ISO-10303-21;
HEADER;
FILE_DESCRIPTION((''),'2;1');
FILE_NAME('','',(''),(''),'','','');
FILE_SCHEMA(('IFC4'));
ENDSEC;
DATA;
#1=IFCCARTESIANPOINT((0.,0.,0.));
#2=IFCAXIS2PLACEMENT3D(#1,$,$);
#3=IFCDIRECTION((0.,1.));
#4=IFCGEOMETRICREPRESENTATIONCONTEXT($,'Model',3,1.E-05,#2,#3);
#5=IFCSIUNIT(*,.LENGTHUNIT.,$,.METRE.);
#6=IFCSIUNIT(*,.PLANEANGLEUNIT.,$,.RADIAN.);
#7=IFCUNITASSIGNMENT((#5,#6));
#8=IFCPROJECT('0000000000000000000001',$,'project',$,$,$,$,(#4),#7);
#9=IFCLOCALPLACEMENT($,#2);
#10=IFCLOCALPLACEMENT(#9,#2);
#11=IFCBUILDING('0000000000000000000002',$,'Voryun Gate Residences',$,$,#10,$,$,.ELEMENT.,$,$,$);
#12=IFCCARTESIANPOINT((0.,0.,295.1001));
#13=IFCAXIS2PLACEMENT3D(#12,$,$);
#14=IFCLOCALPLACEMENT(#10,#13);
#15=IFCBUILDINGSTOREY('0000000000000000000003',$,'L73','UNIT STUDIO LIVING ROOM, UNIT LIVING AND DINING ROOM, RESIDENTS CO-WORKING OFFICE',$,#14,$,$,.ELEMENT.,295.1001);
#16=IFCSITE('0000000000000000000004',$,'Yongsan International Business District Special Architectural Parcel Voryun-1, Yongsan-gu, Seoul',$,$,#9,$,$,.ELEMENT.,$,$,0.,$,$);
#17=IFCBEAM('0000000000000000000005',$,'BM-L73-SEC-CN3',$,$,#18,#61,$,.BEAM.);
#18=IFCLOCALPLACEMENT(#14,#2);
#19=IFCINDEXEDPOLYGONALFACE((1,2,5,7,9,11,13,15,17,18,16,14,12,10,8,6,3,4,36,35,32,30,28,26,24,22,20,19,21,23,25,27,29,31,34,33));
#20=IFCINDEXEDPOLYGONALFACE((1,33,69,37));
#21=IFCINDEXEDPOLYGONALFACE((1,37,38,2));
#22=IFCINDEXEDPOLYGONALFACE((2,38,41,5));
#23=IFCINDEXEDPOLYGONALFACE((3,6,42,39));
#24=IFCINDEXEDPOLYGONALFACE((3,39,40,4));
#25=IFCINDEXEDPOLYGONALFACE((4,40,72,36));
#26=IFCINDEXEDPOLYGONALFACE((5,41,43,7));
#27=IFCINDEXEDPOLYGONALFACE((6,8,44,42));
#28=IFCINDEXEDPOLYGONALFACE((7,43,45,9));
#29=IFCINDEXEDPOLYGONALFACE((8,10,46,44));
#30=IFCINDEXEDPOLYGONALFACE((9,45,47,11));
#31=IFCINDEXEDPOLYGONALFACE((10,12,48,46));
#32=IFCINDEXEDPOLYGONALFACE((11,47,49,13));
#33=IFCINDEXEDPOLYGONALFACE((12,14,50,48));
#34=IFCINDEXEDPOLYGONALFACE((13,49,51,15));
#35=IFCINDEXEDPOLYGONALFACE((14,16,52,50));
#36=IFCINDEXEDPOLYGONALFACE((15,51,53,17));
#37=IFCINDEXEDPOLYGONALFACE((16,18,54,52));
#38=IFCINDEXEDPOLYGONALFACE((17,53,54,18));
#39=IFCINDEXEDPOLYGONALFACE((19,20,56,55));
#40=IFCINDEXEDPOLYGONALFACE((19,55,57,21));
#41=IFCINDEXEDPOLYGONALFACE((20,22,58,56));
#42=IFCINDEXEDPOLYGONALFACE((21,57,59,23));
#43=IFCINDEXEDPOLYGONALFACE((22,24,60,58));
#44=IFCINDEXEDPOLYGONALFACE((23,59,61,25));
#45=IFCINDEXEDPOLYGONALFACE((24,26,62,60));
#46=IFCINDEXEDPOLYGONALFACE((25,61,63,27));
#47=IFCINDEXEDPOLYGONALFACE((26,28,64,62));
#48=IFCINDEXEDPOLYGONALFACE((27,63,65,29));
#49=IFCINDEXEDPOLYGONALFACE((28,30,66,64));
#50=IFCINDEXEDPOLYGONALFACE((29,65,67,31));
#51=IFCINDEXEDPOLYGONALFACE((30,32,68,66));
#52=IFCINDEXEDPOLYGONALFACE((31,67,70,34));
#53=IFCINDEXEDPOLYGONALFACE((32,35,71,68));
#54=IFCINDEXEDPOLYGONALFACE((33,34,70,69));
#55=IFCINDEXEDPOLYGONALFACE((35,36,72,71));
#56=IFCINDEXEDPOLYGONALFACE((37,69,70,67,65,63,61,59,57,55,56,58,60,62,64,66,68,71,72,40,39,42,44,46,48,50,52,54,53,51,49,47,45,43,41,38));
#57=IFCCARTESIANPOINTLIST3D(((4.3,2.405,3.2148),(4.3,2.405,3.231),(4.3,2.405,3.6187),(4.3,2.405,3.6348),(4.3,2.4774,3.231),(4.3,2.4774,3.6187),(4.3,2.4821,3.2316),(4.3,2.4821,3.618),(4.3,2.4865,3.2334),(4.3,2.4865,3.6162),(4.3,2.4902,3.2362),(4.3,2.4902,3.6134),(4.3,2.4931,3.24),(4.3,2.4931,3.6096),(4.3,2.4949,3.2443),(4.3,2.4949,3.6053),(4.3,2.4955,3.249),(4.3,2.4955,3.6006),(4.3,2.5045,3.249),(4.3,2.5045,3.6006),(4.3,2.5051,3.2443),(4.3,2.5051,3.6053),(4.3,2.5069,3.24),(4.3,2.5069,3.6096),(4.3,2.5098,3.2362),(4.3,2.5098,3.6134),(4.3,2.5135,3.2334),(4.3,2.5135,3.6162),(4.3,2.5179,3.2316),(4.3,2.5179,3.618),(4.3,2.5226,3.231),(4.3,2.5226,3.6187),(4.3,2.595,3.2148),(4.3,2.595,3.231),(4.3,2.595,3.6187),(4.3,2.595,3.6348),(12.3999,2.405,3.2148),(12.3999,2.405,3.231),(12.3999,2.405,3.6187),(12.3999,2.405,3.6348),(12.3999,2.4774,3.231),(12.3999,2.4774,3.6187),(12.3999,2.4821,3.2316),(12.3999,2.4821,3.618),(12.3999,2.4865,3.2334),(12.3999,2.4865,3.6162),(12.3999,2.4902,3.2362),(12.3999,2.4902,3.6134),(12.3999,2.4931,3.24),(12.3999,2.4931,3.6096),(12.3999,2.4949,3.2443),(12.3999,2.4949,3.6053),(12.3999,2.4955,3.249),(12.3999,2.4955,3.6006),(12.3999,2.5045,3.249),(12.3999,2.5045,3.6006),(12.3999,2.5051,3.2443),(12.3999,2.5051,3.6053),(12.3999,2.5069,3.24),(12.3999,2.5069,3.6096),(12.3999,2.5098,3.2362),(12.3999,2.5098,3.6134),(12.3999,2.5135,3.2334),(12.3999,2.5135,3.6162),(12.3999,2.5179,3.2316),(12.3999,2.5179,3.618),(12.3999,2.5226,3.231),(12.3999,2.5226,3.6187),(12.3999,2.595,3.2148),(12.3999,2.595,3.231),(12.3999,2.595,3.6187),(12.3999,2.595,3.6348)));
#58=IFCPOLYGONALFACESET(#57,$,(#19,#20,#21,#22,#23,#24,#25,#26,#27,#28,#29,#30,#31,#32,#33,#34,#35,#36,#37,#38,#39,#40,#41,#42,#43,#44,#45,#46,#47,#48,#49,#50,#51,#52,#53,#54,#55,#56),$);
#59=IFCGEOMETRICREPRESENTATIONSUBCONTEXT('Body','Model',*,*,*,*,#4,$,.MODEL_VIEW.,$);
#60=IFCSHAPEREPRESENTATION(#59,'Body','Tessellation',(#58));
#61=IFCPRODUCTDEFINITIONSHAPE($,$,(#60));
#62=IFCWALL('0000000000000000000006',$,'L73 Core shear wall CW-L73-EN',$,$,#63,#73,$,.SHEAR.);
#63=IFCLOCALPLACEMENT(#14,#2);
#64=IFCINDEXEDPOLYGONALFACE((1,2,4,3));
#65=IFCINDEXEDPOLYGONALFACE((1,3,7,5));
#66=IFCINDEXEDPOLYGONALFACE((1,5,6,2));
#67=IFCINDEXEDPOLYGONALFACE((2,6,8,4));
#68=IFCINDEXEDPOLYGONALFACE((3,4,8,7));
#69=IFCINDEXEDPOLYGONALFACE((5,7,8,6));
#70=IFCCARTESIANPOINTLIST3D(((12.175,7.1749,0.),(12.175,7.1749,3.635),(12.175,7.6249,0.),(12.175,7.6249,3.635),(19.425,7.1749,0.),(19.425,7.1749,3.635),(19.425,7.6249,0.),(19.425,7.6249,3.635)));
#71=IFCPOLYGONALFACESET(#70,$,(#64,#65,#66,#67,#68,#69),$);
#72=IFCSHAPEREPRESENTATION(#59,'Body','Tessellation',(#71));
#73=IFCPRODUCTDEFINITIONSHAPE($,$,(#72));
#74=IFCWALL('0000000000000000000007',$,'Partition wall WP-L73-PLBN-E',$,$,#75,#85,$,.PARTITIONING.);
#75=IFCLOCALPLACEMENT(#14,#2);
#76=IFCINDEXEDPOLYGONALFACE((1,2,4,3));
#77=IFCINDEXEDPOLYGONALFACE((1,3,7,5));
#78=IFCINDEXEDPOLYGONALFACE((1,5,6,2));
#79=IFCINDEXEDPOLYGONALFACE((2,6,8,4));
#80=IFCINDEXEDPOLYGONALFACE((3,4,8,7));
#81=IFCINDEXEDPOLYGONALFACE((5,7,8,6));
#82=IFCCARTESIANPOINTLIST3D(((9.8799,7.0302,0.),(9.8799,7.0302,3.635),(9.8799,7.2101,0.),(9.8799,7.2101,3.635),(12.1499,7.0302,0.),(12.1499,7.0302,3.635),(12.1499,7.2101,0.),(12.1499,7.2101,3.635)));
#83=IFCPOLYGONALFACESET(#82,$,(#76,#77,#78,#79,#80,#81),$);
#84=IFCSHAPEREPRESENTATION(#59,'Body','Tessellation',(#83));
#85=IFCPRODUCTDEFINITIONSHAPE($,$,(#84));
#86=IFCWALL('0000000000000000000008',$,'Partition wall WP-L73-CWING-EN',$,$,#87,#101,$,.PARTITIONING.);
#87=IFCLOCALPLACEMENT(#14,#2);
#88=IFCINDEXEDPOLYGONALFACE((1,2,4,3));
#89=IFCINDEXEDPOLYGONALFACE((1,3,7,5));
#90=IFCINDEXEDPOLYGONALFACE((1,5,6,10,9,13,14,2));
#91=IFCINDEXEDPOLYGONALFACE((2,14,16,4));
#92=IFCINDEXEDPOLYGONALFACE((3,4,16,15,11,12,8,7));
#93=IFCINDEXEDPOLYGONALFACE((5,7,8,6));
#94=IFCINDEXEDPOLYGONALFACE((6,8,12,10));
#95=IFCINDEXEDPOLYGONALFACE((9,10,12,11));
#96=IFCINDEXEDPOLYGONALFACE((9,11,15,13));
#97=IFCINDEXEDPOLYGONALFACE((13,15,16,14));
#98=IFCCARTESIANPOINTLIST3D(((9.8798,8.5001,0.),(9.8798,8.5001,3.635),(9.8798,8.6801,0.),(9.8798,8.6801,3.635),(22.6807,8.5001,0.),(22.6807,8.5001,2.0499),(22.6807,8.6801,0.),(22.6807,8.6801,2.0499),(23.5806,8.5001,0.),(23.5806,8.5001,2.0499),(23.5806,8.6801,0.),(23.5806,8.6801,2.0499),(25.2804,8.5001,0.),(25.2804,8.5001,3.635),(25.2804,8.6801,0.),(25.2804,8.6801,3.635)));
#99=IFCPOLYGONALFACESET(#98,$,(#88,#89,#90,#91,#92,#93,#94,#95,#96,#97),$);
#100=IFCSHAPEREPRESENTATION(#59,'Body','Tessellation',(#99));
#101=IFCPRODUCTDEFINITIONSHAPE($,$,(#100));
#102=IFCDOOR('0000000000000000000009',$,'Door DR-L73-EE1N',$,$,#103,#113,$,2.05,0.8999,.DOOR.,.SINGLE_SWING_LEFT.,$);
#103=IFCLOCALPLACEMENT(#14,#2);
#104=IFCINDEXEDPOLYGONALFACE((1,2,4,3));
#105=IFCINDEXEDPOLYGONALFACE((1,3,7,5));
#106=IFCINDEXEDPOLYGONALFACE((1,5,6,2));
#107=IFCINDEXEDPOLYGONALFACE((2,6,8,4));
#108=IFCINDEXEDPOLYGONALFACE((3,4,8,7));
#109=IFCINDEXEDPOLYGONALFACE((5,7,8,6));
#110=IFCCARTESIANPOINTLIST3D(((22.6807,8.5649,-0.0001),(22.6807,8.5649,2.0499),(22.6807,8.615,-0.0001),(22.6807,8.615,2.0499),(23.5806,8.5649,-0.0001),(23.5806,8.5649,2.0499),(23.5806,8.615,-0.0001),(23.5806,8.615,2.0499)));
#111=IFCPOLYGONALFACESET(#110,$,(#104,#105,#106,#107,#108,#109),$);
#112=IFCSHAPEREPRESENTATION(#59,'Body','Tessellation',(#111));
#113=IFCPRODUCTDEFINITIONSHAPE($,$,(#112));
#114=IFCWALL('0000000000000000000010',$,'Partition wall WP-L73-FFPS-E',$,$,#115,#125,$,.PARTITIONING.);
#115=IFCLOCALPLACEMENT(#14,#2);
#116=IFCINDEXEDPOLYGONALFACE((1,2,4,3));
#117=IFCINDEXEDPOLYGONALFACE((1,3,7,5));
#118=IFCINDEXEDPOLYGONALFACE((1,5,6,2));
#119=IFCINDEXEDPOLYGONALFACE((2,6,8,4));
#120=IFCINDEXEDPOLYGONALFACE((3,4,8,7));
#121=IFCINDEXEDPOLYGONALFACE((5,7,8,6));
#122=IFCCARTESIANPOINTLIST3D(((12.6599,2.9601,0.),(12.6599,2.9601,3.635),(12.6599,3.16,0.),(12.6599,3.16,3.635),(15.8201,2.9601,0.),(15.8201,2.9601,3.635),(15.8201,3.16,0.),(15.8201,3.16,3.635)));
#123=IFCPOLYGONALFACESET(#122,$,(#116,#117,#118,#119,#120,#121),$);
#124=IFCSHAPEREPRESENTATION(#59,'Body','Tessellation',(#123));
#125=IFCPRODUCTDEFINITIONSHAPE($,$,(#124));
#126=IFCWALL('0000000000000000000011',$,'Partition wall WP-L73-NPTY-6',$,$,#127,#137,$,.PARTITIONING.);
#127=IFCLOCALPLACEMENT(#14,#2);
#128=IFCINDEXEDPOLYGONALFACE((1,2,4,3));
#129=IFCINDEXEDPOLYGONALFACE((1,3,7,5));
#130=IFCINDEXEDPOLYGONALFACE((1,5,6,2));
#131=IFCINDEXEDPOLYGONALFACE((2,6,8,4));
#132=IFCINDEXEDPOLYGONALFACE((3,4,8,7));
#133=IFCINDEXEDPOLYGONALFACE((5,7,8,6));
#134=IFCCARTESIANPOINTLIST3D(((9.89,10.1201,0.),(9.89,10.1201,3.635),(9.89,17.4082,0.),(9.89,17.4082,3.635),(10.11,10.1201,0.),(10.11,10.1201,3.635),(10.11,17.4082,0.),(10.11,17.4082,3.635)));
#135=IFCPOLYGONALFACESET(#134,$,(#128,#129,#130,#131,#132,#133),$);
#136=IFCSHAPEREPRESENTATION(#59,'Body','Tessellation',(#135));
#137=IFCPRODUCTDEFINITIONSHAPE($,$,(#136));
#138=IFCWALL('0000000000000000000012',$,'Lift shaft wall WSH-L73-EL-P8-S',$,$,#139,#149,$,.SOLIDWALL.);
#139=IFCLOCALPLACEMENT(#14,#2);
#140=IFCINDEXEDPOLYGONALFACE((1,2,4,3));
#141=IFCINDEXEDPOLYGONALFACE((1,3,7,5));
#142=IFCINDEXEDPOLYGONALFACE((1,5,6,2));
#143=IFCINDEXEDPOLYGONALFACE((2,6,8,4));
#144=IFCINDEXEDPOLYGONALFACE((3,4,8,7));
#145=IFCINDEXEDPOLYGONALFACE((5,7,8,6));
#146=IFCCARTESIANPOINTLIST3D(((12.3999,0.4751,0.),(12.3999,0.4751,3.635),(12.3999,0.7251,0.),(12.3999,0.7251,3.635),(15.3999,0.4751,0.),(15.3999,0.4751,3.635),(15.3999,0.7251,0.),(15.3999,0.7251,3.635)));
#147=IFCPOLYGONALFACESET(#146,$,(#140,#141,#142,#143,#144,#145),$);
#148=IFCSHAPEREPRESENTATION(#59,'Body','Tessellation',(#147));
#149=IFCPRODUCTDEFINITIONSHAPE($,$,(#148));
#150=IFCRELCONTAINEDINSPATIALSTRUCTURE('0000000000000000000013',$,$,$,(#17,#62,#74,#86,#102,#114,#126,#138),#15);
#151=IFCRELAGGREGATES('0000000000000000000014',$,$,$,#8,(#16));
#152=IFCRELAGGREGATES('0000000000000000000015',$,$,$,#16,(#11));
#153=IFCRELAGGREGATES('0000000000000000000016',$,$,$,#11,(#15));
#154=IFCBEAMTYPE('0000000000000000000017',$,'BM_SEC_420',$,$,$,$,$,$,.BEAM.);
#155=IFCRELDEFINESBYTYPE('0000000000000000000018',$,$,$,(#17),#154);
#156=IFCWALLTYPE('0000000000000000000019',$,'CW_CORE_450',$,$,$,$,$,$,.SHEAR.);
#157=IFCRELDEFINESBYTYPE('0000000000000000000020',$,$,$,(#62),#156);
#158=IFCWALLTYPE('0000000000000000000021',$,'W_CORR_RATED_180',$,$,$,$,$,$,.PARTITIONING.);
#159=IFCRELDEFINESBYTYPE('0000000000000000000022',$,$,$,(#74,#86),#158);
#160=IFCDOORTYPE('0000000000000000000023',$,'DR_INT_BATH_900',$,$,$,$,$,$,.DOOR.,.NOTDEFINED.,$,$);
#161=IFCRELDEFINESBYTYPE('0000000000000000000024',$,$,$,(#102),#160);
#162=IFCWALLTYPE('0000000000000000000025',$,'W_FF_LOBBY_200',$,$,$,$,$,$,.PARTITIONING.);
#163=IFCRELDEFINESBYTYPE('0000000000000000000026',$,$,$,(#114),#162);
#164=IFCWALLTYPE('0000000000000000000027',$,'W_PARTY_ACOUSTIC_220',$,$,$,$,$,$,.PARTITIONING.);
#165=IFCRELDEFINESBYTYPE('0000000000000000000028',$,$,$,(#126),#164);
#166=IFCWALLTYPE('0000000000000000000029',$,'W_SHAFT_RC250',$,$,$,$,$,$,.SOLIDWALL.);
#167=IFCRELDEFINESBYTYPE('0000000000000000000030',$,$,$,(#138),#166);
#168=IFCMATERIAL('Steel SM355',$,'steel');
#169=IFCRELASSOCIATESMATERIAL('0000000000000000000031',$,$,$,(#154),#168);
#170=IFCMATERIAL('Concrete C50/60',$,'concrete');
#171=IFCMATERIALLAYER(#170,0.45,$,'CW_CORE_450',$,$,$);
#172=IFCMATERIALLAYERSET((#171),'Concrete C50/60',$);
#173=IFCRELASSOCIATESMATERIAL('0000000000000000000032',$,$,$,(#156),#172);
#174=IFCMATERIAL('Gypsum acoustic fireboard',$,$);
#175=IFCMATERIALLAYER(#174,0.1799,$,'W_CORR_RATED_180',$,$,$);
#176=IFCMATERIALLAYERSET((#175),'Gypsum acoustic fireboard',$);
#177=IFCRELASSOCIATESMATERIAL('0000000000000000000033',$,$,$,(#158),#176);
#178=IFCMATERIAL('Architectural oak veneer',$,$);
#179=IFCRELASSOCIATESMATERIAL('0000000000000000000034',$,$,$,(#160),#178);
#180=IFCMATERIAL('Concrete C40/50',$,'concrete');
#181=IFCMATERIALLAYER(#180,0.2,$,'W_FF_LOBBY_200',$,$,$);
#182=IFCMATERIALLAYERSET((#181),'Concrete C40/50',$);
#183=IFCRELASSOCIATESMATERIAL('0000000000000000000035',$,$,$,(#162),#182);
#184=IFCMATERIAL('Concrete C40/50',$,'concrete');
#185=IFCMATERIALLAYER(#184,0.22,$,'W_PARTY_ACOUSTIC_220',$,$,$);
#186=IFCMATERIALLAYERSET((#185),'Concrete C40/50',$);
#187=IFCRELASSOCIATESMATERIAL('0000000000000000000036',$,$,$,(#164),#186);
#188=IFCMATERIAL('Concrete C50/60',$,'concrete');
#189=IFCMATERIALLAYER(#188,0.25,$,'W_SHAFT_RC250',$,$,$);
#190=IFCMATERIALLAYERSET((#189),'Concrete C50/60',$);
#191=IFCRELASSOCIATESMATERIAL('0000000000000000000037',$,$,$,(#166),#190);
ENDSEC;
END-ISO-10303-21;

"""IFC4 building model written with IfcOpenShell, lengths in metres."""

from ifc_helpers import new_model, si_unit, direction, frame, frame_2d, origin, origin_2d, place, context, subcontext, project, spatial, rectangle, i_section, extrude, material, layer, layer_set, material_profile, profile_set, type_object, element, fill, save


model = new_model("IFC4")

# Units and contexts
model_context = context("Model", 3, precision=1e-05, world=origin(), true_north=direction((0.0, 1.0)))
body_context = subcontext(model_context, "Body", "Model", "MODEL_VIEW")
ifc_project = project(units=[si_unit("LENGTHUNIT", "METRE"), si_unit("PLANEANGLEUNIT", "RADIAN")], contexts=[model_context])

# Site, building, storey
site_placement = place(None, origin())
site = spatial("IfcSite", under=ifc_project, at=site_placement, Name="Yongsan International Business District Special Architectural Parcel Voryun-1, Yongsan-gu, Seoul", CompositionType="ELEMENT", RefElevation=0.0)
building_placement = place(site_placement, origin())
building = spatial("IfcBuilding", under=site, at=building_placement, Name="Voryun Gate Residences", CompositionType="ELEMENT")
storey_placement = place(building_placement, frame((0.0, 0.0, 295.1001)))
storey = spatial("IfcBuildingStorey", under=building, at=storey_placement, Name="L73", Description="UNIT STUDIO LIVING ROOM, UNIT LIVING AND DINING ROOM, RESIDENTS CO-WORKING OFFICE", CompositionType="ELEMENT", Elevation=295.1001)

# Beam
ifc_material_1 = material(Name="Steel SM355", Category="steel")
ifc_material_profile_1 = material_profile(ifc_material_1, i_section(OverallWidth=0.1899, OverallDepth=0.4199, WebThickness=0.009, FlangeThickness=0.0161, FilletRadius=0.0181, at=origin_2d()), Name="H-420x190x9x16")
ifc_profile_set_1 = profile_set([ifc_material_profile_1], Name="Steel SM355")
beam_type_1 = type_object("IfcBeamType", Name="BM_SEC_420", PredefinedType="BEAM", material=ifc_profile_set_1)
beam_1_placement = place(storey_placement, frame((4.3, 2.5, 3.4248), z_axis=(1.0, 0.0, 0.0), x_axis=(0.0, 1.0, 0.0)))
element("IfcBeam", 1, at=beam_1_placement, inside=storey, type_object=beam_type_1, Name="BM-L73-SEC-CN3", PredefinedType="BEAM", context=body_context, shape_type="SweptSolid", body=[
    extrude(i_section(OverallWidth=0.1899, OverallDepth=0.4199, WebThickness=0.009, FlangeThickness=0.0161, FilletRadius=0.0181, at=origin_2d()), origin(), (0.0, 0.0, 1.0), 8.0999),
])

# Walls
ifc_material_2 = material(Name="Concrete C50/60", Category="concrete")
ifc_layer_1 = layer(ifc_material_2, 0.45, Name="CW_CORE_450")
ifc_layer_set_1 = layer_set([ifc_layer_1], Name="Concrete C50/60")
wall_type_1 = type_object("IfcWallType", Name="CW_CORE_450", PredefinedType="SHEAR", material=ifc_layer_set_1)
wall_1_placement = place(storey_placement, frame((12.175, 7.3999, 0.0), z_axis=(0.0, 0.0, 1.0), x_axis=(1.0, 0.0, 0.0)))
element("IfcWall", 2, at=wall_1_placement, inside=storey, type_object=wall_type_1, Name="L73 Core shear wall CW-L73-EN", PredefinedType="SHEAR", context=body_context, shape_type="SweptSolid", body=[
    extrude(rectangle(XDim=7.25, YDim=0.45, at=frame_2d((3.625, 0.0))), origin(), (0.0, 0.0, 1.0), 3.635),
])
ifc_material_3 = material(Name="Gypsum acoustic fireboard")
ifc_layer_2 = layer(ifc_material_3, 0.1799, Name="W_CORR_RATED_180")
ifc_layer_set_2 = layer_set([ifc_layer_2], Name="Gypsum acoustic fireboard")
wall_type_2 = type_object("IfcWallType", Name="W_CORR_RATED_180", PredefinedType="PARTITIONING", material=ifc_layer_set_2)
wall_2_placement = place(storey_placement, frame((9.8799, 7.1201, 0.0), z_axis=(0.0, 0.0, 1.0), x_axis=(1.0, 0.0, 0.0)))
element("IfcWall", 3, at=wall_2_placement, inside=storey, type_object=wall_type_2, Name="Partition wall WP-L73-PLBN-E", PredefinedType="PARTITIONING", context=body_context, shape_type="SweptSolid", body=[
    extrude(rectangle(XDim=2.27, YDim=0.1799, at=frame_2d((1.135, 0.0))), origin(), (0.0, 0.0, 1.0), 3.635),
])

# Wall, opening, door
wall_3_placement = place(storey_placement, frame((9.8799, 8.5901, 0.0), z_axis=(0.0, 0.0, 1.0), x_axis=(1.0, 0.0, 0.0)))
wall_3 = element("IfcWall", 4, at=wall_3_placement, inside=storey, type_object=wall_type_2, Name="Partition wall WP-L73-CWING-EN", PredefinedType="PARTITIONING", context=body_context, shape_type="SweptSolid", body=[
    extrude(rectangle(XDim=15.4006, YDim=0.1799, at=frame_2d((7.7002, 0.0))), origin(), (0.0, 0.0, 1.0), 3.635),
])
opening_1_placement = place(wall_3_placement, frame((12.8008, 0.0, 0.0)))
opening_1 = element("IfcOpeningElement", 5, at=opening_1_placement, cuts=wall_3, PredefinedType="OPENING", context=body_context, shape_type="SweptSolid", body=[
    extrude(rectangle(XDim=0.8999, YDim=2.05, at=frame_2d((0.45, 1.0249))), frame((0.0, 0.0999, 0.0), z_axis=(0.0, -1.0, 0.0), x_axis=(1.0, 0.0, 0.0)), (0.0, 0.0, 1.0), 0.2),
])
ifc_material_4 = material(Name="Architectural oak veneer")
door_type = type_object("IfcDoorType", Name="DR_INT_BATH_900", OperationType="NOTDEFINED", PredefinedType="DOOR", material=ifc_material_4)
door_1_placement = place(opening_1_placement, origin())
door_1 = element("IfcDoor", 6, at=door_1_placement, inside=storey, type_object=door_type, Name="Door DR-L73-EE1N", OperationType="SINGLE_SWING_LEFT", OverallHeight=2.05, OverallWidth=0.8999, PredefinedType="DOOR", context=body_context, shape_type="SweptSolid", body=[
    extrude(rectangle(XDim=0.8999, YDim=2.05, at=frame_2d((0.45, 1.0249))), frame((0.0, 0.0249, 0.0), z_axis=(0.0, -1.0, 0.0), x_axis=(1.0, 0.0, 0.0)), (0.0, 0.0, 1.0), 0.05),
])
fill(opening_1, door_1)

# Walls
ifc_material_5 = material(Name="Concrete C40/50", Category="concrete")
ifc_layer_3 = layer(ifc_material_5, 0.2, Name="W_FF_LOBBY_200")
ifc_layer_set_3 = layer_set([ifc_layer_3], Name="Concrete C40/50")
wall_type_3 = type_object("IfcWallType", Name="W_FF_LOBBY_200", PredefinedType="PARTITIONING", material=ifc_layer_set_3)
wall_4_placement = place(storey_placement, frame((12.6599, 3.0601, 0.0), z_axis=(0.0, 0.0, 1.0), x_axis=(1.0, 0.0, 0.0)))
element("IfcWall", 7, at=wall_4_placement, inside=storey, type_object=wall_type_3, Name="Partition wall WP-L73-FFPS-E", PredefinedType="PARTITIONING", context=body_context, shape_type="SweptSolid", body=[
    extrude(rectangle(XDim=3.1602, YDim=0.2, at=frame_2d((1.5801, 0.0))), origin(), (0.0, 0.0, 1.0), 3.635),
])
ifc_material_6 = material(Name="Concrete C40/50", Category="concrete")
ifc_layer_4 = layer(ifc_material_6, 0.22, Name="W_PARTY_ACOUSTIC_220")
ifc_layer_set_4 = layer_set([ifc_layer_4], Name="Concrete C40/50")
wall_type_4 = type_object("IfcWallType", Name="W_PARTY_ACOUSTIC_220", PredefinedType="PARTITIONING", material=ifc_layer_set_4)
wall_5_placement = place(storey_placement, frame((10.0, 10.1201, 0.0), z_axis=(0.0, 0.0, 1.0), x_axis=(0.0, 1.0, 0.0)))
element("IfcWall", 8, at=wall_5_placement, inside=storey, type_object=wall_type_4, Name="Partition wall WP-L73-NPTY-6", PredefinedType="PARTITIONING", context=body_context, shape_type="SweptSolid", body=[
    extrude(rectangle(XDim=7.2881, YDim=0.22, at=frame_2d((3.644, 0.0))), origin(), (0.0, 0.0, 1.0), 3.635),
])
ifc_material_7 = material(Name="Concrete C50/60", Category="concrete")
ifc_layer_5 = layer(ifc_material_7, 0.25, Name="W_SHAFT_RC250")
ifc_layer_set_5 = layer_set([ifc_layer_5], Name="Concrete C50/60")
wall_type_5 = type_object("IfcWallType", Name="W_SHAFT_RC250", PredefinedType="SOLIDWALL", material=ifc_layer_set_5)
wall_6_placement = place(storey_placement, frame((12.3999, 0.6001, 0.0), z_axis=(0.0, 0.0, 1.0), x_axis=(1.0, 0.0, 0.0)))
element("IfcWall", 9, at=wall_6_placement, inside=storey, type_object=wall_type_5, Name="Lift shaft wall WSH-L73-EL-P8-S", PredefinedType="SOLIDWALL", context=body_context, shape_type="SweptSolid", body=[
    extrude(rectangle(XDim=3.0, YDim=0.25, at=frame_2d((1.5, 0.0))), origin(), (0.0, 0.0, 1.0), 3.635),
])

save(model, "model.ifc")
